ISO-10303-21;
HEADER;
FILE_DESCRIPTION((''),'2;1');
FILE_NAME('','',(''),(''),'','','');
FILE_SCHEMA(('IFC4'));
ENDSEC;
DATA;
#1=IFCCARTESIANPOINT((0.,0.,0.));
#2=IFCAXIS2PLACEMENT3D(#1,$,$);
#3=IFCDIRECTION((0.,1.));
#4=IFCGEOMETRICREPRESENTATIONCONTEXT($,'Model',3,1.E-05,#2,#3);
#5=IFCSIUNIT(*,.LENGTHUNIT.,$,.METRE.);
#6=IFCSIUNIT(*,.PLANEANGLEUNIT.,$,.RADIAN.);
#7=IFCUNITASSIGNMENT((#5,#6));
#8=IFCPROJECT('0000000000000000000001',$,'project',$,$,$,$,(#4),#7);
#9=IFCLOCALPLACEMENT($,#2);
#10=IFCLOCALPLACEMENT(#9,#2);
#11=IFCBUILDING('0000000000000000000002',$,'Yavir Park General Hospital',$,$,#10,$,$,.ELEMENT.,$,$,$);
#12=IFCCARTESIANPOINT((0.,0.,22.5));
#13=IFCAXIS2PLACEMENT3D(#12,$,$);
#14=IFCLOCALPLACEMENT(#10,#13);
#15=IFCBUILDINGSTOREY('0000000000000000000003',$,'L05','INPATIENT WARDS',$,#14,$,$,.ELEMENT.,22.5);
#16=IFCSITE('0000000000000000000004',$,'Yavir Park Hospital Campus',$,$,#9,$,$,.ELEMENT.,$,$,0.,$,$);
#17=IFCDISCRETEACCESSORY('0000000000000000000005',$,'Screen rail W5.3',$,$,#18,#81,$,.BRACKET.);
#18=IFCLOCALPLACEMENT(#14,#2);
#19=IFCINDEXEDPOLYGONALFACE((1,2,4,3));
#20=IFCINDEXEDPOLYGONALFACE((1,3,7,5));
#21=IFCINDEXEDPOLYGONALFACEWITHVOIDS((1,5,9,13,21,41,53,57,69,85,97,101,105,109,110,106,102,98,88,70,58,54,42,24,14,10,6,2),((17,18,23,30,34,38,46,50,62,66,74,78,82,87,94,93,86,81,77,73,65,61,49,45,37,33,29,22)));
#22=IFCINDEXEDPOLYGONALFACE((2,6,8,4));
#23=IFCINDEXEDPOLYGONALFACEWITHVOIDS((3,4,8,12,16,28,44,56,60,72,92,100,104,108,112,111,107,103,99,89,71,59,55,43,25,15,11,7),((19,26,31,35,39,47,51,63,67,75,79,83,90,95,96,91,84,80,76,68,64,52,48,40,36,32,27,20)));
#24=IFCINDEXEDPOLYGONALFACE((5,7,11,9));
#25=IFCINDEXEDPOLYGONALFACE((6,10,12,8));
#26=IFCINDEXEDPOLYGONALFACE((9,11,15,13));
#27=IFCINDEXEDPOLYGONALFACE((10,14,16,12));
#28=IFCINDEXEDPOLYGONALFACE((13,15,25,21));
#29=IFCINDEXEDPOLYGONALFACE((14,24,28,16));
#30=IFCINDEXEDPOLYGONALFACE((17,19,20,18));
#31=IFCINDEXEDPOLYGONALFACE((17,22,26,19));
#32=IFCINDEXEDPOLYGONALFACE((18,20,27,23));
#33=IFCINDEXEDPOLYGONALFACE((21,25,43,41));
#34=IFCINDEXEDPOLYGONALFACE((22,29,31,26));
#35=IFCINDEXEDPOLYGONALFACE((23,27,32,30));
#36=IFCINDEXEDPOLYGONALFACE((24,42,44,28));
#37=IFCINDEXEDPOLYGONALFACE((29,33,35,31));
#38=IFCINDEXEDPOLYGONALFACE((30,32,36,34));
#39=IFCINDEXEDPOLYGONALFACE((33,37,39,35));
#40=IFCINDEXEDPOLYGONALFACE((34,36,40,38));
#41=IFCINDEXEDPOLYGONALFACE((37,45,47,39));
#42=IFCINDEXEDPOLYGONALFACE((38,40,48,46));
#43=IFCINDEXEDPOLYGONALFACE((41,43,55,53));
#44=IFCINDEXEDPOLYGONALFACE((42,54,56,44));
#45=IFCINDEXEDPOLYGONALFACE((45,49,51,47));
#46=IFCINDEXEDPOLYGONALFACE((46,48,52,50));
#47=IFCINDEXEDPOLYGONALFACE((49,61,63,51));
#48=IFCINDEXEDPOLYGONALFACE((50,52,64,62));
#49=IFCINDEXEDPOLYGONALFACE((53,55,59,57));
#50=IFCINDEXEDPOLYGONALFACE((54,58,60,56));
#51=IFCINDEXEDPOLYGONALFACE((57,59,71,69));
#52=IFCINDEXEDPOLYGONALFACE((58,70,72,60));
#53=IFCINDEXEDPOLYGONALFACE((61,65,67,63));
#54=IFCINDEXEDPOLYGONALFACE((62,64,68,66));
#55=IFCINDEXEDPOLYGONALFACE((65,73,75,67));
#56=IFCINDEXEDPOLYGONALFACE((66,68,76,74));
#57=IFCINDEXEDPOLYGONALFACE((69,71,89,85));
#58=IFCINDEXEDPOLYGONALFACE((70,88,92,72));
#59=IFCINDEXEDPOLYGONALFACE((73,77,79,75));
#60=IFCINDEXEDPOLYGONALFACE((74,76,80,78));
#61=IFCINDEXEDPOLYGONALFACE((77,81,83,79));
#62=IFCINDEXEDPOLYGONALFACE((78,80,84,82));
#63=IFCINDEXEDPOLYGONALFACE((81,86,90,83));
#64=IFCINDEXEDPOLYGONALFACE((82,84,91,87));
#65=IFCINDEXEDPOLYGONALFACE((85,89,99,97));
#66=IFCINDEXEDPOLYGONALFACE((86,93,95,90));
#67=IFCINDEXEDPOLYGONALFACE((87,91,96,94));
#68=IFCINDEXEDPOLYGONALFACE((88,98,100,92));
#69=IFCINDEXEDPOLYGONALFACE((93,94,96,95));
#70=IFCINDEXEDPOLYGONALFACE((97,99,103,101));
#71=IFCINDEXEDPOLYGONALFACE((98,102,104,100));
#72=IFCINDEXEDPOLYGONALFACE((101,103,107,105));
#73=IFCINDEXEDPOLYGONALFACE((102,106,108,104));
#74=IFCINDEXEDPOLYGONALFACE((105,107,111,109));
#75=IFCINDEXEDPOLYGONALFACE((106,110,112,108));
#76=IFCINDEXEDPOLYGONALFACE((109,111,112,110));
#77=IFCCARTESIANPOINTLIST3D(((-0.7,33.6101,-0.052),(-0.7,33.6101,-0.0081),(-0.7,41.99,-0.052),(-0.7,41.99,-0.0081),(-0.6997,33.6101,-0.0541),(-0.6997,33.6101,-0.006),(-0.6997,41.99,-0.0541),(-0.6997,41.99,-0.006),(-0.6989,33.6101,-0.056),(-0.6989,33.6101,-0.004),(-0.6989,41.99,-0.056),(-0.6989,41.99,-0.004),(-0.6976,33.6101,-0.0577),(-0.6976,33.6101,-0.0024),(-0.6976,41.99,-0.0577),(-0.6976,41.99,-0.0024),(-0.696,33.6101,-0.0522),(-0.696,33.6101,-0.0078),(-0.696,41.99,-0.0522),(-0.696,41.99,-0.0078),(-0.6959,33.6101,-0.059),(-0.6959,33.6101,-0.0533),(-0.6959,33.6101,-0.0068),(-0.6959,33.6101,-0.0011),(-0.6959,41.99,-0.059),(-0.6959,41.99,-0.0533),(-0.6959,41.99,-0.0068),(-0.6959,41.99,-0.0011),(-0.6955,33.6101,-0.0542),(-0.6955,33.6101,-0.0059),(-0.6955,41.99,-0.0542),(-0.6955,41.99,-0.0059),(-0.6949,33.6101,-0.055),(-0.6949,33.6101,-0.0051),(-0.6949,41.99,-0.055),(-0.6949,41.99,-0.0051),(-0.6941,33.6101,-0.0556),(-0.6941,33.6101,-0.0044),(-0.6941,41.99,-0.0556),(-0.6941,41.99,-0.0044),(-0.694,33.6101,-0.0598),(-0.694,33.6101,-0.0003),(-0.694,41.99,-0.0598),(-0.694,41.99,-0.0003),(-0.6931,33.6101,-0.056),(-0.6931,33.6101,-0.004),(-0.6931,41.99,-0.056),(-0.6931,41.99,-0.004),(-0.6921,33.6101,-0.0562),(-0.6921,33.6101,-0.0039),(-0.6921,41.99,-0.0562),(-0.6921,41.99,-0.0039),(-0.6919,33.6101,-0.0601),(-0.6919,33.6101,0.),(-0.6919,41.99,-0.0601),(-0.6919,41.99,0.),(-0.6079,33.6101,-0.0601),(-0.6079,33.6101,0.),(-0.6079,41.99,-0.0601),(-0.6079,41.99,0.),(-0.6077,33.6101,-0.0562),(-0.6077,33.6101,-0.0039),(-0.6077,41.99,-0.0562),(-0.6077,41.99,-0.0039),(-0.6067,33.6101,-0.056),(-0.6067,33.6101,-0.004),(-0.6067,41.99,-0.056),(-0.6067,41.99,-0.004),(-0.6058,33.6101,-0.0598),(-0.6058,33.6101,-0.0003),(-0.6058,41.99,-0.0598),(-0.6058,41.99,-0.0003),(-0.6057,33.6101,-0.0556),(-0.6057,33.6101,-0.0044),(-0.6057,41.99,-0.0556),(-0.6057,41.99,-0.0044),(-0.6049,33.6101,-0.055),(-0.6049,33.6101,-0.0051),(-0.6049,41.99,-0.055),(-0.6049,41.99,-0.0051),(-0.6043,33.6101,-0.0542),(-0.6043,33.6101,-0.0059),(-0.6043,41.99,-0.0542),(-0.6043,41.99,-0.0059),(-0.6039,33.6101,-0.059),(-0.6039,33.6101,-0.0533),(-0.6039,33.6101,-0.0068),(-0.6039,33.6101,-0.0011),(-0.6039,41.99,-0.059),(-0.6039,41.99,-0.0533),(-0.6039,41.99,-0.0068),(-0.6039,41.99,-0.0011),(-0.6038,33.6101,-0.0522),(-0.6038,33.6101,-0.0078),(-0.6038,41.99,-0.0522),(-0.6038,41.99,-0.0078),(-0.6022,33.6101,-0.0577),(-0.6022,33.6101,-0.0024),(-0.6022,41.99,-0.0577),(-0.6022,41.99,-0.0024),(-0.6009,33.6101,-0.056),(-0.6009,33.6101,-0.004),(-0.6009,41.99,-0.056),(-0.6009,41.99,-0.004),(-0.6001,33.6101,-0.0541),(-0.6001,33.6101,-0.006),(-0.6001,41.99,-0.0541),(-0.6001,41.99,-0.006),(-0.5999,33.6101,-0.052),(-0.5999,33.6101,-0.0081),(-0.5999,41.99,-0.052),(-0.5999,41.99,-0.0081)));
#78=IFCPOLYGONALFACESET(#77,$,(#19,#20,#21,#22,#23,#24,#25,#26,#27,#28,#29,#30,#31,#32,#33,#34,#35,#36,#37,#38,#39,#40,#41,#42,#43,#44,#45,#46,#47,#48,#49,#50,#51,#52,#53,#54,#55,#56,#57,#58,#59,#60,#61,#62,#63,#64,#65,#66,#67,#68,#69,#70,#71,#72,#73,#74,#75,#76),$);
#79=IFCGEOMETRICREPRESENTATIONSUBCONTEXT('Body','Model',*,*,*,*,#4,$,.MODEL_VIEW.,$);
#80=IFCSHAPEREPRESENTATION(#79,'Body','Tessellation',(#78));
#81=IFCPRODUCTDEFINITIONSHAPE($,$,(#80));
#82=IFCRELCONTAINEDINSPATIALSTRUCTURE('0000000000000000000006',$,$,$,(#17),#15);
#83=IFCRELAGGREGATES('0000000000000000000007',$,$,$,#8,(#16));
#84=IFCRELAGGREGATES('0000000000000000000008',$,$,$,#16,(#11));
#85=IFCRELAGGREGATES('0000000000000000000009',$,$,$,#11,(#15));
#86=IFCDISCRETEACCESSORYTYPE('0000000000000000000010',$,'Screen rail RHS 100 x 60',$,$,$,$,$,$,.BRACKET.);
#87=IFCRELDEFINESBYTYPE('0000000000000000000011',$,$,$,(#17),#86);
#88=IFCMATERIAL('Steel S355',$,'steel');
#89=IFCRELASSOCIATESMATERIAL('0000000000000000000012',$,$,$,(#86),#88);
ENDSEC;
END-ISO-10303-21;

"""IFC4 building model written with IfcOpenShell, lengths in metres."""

from ifc_helpers import new_model, si_unit, direction, frame, origin, origin_2d, place, context, subcontext, project, spatial, hollow_rectangle, extrude, material, material_profile, profile_set, type_object, element, save


model = new_model("IFC4")

# Units and contexts
model_context = context("Model", 3, precision=1e-05, world=origin(), true_north=direction((0.0, 1.0)))
body_context = subcontext(model_context, "Body", "Model", "MODEL_VIEW")
ifc_project = project(units=[si_unit("LENGTHUNIT", "METRE"), si_unit("PLANEANGLEUNIT", "RADIAN")], contexts=[model_context])

# Site, building, storey
site_placement = place(None, origin())
site = spatial("IfcSite", under=ifc_project, at=site_placement, Name="Yavir Park Hospital Campus", CompositionType="ELEMENT", RefElevation=0.0)
building_placement = place(site_placement, origin())
building = spatial("IfcBuilding", under=site, at=building_placement, Name="Yavir Park General Hospital", CompositionType="ELEMENT")
storey_placement = place(building_placement, frame((0.0, 0.0, 22.5)))
storey = spatial("IfcBuildingStorey", under=building, at=storey_placement, Name="L05", Description="INPATIENT WARDS", CompositionType="ELEMENT", Elevation=22.5)

# Discrete accessory
ifc_material_1 = material(Name="Steel S355", Category="steel")
ifc_material_profile_1 = material_profile(ifc_material_1, hollow_rectangle(XDim=0.1001, YDim=0.0601, WallThickness=0.0039, InnerFilletRadius=0.0039, OuterFilletRadius=0.0081, at=origin_2d()), Name="RHS60x100x4")
ifc_profile_set_1 = profile_set([ifc_material_profile_1], Name="Steel S355")
discrete_accessory_type_1 = type_object("IfcDiscreteAccessoryType", Name="Screen rail RHS 100 x 60", PredefinedType="BRACKET", material=ifc_profile_set_1)
discrete_accessory_1_placement = place(storey_placement, frame((-0.6499, 33.6101, -0.03), z_axis=(0.0, 1.0, 0.0), x_axis=(-1.0, 0.0, 0.0)))
element("IfcDiscreteAccessory", 1, at=discrete_accessory_1_placement, inside=storey, type_object=discrete_accessory_type_1, Name="Screen rail W5.3", PredefinedType="BRACKET", context=body_context, shape_type="SweptSolid", body=[
    extrude(hollow_rectangle(XDim=0.1001, YDim=0.0601, WallThickness=0.0039, InnerFilletRadius=0.0039, OuterFilletRadius=0.0081, at=origin_2d()), origin(), (0.0, 0.0, 1.0), 8.3799),
])

save(model, "model.ifc")
